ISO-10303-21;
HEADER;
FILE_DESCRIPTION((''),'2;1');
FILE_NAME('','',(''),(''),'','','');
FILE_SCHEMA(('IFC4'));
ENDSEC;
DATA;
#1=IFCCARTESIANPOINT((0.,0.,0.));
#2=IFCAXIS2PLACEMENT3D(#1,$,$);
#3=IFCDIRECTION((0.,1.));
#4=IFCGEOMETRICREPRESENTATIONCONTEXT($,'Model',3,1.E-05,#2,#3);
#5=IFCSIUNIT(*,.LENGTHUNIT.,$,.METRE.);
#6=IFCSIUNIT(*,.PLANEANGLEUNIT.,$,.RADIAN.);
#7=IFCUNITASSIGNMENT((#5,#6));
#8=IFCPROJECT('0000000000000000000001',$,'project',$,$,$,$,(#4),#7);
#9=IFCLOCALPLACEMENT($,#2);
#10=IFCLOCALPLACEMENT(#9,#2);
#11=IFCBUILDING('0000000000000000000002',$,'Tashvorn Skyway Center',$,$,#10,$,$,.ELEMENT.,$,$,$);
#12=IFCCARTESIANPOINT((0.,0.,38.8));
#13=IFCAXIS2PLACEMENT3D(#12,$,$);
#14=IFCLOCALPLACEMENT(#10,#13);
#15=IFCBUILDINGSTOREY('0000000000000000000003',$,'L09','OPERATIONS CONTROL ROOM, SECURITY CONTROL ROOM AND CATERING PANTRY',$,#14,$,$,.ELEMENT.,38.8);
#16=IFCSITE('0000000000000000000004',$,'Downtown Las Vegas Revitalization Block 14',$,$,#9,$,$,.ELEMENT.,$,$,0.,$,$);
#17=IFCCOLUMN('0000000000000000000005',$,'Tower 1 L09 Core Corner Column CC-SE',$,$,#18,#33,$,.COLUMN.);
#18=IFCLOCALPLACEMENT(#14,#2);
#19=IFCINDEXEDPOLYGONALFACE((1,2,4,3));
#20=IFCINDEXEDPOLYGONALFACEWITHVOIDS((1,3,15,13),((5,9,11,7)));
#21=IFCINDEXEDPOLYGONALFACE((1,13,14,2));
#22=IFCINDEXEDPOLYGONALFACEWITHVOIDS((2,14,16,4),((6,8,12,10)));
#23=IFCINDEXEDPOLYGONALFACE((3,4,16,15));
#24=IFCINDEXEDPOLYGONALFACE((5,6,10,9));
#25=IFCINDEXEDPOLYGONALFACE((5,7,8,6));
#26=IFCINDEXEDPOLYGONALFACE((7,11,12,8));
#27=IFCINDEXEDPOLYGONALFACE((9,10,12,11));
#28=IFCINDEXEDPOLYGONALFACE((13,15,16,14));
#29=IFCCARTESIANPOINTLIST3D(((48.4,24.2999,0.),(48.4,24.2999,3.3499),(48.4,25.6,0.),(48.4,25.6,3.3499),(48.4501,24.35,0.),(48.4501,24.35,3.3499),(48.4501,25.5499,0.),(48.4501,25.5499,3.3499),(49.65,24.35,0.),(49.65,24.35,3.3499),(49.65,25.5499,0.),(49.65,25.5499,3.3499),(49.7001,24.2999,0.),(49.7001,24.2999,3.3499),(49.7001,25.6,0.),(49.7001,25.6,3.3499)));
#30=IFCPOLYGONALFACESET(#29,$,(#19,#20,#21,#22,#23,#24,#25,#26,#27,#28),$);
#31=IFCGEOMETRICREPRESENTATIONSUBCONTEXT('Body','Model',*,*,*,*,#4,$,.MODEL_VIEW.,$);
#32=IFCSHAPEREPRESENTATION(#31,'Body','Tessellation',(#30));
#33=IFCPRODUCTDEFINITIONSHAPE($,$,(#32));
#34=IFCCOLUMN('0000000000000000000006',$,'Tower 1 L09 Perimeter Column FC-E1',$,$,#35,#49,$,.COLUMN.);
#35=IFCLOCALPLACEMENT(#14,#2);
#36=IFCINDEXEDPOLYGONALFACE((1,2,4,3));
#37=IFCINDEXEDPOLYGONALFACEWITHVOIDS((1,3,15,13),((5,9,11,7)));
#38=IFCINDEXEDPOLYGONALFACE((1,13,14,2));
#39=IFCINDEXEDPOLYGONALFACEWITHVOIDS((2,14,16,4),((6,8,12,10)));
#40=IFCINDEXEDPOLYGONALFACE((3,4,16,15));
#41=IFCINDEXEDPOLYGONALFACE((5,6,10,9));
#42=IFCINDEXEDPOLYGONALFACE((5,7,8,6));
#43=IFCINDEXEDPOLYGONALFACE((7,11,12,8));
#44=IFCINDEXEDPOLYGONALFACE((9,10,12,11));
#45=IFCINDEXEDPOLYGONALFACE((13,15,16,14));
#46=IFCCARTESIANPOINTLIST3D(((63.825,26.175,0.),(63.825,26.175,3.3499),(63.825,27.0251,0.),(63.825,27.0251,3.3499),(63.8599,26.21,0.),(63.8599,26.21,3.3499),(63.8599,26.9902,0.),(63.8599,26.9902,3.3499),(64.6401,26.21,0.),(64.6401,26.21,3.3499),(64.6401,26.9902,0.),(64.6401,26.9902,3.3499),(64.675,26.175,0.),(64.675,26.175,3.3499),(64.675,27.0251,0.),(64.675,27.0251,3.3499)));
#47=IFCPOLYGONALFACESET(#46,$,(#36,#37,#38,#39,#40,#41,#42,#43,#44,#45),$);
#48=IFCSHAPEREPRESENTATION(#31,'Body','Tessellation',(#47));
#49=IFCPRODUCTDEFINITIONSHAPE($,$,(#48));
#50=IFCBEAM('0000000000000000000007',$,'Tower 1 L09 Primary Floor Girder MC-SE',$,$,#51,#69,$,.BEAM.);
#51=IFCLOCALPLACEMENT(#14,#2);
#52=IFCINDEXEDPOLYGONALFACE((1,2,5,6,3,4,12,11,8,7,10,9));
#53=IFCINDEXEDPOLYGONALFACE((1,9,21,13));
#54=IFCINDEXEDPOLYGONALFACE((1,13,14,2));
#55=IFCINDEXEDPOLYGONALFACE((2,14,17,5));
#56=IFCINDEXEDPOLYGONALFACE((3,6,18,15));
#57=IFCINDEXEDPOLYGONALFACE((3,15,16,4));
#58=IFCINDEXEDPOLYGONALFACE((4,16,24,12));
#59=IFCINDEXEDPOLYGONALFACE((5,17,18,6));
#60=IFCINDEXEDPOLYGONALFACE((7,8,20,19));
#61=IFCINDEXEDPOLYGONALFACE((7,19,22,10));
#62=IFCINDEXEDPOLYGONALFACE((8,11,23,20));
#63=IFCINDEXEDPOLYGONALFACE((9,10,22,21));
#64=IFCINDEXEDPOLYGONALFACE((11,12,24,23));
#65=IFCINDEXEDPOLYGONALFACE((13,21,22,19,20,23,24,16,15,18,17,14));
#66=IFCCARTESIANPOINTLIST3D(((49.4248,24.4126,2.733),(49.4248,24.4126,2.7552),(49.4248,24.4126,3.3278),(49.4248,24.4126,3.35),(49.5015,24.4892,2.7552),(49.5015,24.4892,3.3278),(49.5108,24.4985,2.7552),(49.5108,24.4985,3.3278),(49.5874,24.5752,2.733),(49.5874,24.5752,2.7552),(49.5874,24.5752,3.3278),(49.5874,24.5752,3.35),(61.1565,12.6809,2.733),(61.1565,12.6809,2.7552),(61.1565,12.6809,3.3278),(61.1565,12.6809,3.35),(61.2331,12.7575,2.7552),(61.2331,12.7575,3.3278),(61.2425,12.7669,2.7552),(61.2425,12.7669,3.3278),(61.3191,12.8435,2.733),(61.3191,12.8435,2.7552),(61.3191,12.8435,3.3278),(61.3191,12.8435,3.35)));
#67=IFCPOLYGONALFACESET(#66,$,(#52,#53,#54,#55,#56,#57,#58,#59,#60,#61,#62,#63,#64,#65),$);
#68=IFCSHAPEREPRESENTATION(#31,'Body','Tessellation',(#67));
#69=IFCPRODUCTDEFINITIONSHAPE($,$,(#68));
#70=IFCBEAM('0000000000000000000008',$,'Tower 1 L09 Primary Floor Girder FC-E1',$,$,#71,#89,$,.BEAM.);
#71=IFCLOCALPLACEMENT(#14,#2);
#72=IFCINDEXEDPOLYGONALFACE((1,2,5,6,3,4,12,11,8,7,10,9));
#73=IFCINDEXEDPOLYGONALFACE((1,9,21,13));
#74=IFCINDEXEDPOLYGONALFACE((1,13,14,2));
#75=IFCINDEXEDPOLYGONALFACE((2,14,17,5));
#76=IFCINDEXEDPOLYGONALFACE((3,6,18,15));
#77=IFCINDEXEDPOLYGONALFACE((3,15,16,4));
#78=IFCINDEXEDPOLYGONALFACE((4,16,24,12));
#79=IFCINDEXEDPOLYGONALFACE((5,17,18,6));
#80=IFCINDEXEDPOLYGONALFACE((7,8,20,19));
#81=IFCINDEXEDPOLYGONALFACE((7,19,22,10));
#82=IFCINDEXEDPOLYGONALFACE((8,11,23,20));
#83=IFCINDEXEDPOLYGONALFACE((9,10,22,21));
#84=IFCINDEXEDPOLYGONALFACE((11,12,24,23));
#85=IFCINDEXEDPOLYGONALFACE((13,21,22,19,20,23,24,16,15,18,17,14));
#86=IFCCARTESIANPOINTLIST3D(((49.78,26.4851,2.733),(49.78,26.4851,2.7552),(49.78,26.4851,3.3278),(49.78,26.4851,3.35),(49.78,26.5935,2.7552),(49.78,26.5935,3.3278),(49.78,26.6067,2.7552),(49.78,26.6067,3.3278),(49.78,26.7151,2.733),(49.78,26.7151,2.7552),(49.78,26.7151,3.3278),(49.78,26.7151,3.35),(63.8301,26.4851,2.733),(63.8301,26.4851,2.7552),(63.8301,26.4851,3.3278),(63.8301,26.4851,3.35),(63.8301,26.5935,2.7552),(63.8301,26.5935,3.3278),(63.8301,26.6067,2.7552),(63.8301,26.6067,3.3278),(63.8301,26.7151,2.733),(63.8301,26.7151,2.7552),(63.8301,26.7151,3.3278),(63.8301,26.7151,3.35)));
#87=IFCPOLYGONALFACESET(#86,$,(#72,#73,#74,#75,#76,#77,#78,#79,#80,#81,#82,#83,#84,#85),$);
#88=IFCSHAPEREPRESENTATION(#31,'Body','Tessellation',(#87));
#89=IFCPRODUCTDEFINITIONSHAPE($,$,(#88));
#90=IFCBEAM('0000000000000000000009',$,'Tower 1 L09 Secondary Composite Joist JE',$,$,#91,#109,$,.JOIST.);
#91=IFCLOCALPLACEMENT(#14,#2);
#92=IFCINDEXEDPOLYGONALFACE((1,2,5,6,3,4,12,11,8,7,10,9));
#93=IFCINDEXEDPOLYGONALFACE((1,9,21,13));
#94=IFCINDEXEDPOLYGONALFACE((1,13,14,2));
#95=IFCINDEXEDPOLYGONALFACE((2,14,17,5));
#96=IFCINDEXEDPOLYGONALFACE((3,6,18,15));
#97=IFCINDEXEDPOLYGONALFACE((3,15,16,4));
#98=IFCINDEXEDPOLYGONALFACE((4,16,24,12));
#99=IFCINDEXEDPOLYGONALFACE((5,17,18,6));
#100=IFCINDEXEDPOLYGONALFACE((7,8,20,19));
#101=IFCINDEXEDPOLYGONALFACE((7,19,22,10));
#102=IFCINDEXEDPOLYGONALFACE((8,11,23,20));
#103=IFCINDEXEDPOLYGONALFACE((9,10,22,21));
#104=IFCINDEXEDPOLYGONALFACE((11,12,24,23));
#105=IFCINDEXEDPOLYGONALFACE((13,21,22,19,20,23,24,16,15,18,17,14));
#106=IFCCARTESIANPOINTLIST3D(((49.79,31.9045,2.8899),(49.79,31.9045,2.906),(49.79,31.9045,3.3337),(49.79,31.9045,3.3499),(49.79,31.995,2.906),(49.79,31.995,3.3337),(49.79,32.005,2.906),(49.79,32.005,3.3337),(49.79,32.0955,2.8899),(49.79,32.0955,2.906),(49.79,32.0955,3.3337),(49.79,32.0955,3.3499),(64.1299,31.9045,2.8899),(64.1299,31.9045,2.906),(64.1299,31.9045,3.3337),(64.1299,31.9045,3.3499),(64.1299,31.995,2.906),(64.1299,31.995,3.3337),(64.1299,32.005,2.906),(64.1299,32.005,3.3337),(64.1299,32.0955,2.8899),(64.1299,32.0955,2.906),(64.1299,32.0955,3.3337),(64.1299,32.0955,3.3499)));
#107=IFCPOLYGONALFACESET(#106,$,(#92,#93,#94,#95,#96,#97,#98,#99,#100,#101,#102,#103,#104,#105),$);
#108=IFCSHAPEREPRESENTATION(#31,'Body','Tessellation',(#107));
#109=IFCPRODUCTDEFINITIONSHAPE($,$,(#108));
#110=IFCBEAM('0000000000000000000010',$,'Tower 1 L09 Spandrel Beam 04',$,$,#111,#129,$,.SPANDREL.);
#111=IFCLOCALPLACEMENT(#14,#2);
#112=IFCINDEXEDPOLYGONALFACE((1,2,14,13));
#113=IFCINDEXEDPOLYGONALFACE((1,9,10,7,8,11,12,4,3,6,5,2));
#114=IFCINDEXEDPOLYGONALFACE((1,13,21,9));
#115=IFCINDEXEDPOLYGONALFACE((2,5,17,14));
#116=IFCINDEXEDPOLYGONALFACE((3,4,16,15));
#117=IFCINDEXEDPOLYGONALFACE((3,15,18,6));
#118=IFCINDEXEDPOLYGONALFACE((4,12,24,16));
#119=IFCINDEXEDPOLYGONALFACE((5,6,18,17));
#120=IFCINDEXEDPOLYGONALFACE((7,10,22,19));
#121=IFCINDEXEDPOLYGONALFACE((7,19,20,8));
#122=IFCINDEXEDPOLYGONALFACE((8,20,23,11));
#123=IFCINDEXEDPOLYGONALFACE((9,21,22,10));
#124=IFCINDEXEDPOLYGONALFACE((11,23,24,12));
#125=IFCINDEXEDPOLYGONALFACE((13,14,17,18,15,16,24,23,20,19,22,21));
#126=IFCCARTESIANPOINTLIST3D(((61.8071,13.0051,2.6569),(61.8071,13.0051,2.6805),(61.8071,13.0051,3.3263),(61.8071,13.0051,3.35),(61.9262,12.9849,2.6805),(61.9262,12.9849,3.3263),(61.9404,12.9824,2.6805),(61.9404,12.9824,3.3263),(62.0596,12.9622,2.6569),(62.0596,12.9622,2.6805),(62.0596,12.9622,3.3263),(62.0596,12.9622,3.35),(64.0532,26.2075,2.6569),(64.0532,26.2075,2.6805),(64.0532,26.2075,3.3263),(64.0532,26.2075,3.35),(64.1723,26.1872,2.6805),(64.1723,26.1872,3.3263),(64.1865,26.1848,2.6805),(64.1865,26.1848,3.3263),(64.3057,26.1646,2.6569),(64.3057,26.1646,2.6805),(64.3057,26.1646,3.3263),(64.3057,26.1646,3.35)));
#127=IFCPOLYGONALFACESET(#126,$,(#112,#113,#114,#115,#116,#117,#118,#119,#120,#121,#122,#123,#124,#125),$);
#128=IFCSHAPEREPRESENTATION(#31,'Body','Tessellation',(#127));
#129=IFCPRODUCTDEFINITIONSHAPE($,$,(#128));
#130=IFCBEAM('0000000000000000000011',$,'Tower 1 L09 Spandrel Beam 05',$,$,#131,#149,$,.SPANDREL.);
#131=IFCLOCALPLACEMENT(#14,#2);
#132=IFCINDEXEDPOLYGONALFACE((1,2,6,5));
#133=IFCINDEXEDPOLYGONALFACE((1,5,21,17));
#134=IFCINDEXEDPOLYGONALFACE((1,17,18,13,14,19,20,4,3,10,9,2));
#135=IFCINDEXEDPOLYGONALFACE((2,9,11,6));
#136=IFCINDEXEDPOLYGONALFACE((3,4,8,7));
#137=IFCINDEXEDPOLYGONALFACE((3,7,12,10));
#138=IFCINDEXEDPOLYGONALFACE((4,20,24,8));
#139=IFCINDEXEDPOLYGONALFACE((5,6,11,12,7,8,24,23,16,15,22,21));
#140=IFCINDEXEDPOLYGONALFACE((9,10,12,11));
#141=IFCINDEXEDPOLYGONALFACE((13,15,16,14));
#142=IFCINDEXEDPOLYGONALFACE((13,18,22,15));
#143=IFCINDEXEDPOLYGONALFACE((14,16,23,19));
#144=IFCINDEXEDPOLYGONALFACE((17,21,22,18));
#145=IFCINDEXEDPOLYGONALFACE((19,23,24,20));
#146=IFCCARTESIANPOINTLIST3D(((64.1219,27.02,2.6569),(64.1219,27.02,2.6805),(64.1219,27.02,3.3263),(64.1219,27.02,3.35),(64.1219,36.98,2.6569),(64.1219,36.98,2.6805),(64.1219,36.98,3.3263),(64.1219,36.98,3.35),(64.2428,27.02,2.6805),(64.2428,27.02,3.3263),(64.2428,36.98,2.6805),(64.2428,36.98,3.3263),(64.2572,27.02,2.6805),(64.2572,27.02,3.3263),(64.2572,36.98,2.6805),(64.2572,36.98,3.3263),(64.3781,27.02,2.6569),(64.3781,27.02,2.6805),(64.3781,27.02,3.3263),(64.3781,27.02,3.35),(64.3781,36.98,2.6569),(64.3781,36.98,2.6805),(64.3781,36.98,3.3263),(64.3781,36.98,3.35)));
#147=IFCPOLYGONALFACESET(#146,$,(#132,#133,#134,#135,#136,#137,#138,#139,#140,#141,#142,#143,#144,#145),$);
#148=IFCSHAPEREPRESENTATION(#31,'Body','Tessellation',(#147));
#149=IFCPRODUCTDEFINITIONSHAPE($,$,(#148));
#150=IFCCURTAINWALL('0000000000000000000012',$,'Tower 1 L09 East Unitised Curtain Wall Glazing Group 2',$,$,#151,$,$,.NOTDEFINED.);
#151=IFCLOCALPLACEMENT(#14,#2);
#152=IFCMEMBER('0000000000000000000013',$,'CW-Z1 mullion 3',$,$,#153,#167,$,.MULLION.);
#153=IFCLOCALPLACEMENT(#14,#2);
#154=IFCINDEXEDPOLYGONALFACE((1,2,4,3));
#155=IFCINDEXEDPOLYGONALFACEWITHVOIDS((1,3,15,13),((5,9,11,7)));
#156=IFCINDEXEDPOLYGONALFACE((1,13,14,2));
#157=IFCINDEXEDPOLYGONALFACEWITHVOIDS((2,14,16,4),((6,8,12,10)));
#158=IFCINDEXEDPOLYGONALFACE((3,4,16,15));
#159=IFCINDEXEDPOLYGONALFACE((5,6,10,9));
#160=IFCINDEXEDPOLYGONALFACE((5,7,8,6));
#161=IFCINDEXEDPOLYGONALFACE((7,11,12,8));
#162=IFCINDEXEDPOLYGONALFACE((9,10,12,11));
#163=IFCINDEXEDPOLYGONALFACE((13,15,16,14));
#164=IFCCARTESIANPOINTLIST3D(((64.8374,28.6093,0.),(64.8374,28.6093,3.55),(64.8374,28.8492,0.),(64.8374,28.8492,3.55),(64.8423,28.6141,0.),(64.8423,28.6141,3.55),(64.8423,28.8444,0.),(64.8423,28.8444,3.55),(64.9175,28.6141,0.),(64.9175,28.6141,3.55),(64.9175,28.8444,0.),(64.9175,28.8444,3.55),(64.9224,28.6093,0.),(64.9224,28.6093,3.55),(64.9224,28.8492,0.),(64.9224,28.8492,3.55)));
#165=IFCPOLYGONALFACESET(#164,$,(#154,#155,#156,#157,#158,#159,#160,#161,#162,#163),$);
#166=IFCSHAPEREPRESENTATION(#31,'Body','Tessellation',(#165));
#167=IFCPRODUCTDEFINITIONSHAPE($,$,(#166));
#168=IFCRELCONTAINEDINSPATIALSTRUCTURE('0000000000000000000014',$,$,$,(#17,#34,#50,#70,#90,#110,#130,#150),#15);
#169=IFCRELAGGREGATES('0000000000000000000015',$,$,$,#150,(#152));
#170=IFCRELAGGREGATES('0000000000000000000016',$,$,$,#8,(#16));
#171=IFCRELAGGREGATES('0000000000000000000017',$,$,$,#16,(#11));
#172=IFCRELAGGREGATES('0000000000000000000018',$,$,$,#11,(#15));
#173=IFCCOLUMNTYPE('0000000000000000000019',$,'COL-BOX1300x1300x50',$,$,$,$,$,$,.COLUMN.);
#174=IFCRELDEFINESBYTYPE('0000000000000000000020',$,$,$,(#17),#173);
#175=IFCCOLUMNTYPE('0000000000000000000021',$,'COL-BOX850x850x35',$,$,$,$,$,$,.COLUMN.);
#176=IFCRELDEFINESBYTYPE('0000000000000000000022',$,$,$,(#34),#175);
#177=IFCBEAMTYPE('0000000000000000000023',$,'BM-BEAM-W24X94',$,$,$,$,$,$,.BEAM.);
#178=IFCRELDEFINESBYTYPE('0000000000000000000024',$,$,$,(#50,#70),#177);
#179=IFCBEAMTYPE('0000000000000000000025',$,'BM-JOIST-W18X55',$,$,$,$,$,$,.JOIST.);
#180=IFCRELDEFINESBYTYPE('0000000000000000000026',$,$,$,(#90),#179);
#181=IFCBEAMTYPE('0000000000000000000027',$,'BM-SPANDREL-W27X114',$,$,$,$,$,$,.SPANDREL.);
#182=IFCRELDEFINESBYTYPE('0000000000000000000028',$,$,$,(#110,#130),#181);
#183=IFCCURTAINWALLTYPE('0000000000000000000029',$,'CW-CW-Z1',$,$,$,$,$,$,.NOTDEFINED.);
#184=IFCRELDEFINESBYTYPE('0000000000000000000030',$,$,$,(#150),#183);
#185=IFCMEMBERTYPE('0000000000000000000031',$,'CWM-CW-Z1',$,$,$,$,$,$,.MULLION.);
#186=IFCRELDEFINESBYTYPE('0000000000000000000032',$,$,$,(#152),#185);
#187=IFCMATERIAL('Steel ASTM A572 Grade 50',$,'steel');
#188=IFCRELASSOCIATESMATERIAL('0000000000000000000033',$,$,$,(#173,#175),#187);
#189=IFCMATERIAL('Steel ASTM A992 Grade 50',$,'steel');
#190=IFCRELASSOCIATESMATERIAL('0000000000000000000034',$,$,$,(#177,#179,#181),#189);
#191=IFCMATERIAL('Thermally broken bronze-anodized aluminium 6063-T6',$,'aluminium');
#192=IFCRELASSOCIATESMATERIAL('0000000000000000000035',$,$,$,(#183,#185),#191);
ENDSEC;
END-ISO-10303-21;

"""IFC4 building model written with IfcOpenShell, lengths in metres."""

from ifc_helpers import new_model, si_unit, direction, frame, origin, origin_2d, place, context, subcontext, project, spatial, hollow_rectangle, i_section, extrude, material, material_profile, profile_set, type_object, element, aggregate, save


model = new_model("IFC4")

# Units and contexts
model_context = context("Model", 3, precision=1e-05, world=origin(), true_north=direction((0.0, 1.0)))
body_context = subcontext(model_context, "Body", "Model", "MODEL_VIEW")
ifc_project = project(units=[si_unit("LENGTHUNIT", "METRE"), si_unit("PLANEANGLEUNIT", "RADIAN")], contexts=[model_context])

# Site, building, storey
site_placement = place(None, origin())
site = spatial("IfcSite", under=ifc_project, at=site_placement, Name="Downtown Las Vegas Revitalization Block 14", CompositionType="ELEMENT", RefElevation=0.0)
building_placement = place(site_placement, origin())
building = spatial("IfcBuilding", under=site, at=building_placement, Name="Tashvorn Skyway Center", CompositionType="ELEMENT")
storey_placement = place(building_placement, frame((0.0, 0.0, 38.8)))
storey = spatial("IfcBuildingStorey", under=building, at=storey_placement, Name="L09", Description="OPERATIONS CONTROL ROOM, SECURITY CONTROL ROOM AND CATERING PANTRY", CompositionType="ELEMENT", Elevation=38.8)

# Columns
ifc_material_1 = material(Name="Steel ASTM A572 Grade 50", Category="steel")
ifc_material_profile_1 = material_profile(ifc_material_1, hollow_rectangle(XDim=1.3, YDim=1.3, WallThickness=0.05, at=origin_2d()), Name="BOX1300x1300x50")
ifc_profile_set_1 = profile_set([ifc_material_profile_1], Name="Steel ASTM A572 Grade 50")
column_type_1 = type_object("IfcColumnType", Name="COL-BOX1300x1300x50", PredefinedType="COLUMN", material=ifc_profile_set_1)
column_1_placement = place(storey_placement, frame((49.05, 24.95, 0.0), z_axis=(0.0, 0.0, 1.0), x_axis=(1.0, 0.0, 0.0)))
element("IfcColumn", 1, at=column_1_placement, inside=storey, type_object=column_type_1, Name="Tower 1 L09 Core Corner Column CC-SE", PredefinedType="COLUMN", context=body_context, shape_type="SweptSolid", body=[
    extrude(hollow_rectangle(XDim=1.3, YDim=1.3, WallThickness=0.05, at=origin_2d()), origin(), (0.0, 0.0, 1.0), 3.3499),
])
ifc_material_profile_2 = material_profile(ifc_material_1, hollow_rectangle(XDim=0.8501, YDim=0.8501, WallThickness=0.0349, at=origin_2d()), Name="BOX850x850x35")
ifc_profile_set_2 = profile_set([ifc_material_profile_2], Name="Steel ASTM A572 Grade 50")
column_type_2 = type_object("IfcColumnType", Name="COL-BOX850x850x35", PredefinedType="COLUMN", material=ifc_profile_set_2)
column_2_placement = place(storey_placement, frame((64.25, 26.6001, 0.0), z_axis=(0.0, 0.0, 1.0), x_axis=(1.0, 0.0, 0.0)))
element("IfcColumn", 2, at=column_2_placement, inside=storey, type_object=column_type_2, Name="Tower 1 L09 Perimeter Column FC-E1", PredefinedType="COLUMN", context=body_context, shape_type="SweptSolid", body=[
    extrude(hollow_rectangle(XDim=0.8501, YDim=0.8501, WallThickness=0.0349, at=origin_2d()), origin(), (0.0, 0.0, 1.0), 3.3499),
])

# Beams
ifc_material_2 = material(Name="Steel ASTM A992 Grade 50", Category="steel")
ifc_material_profile_3 = material_profile(ifc_material_2, i_section(OverallWidth=0.23, OverallDepth=0.6169, WebThickness=0.0132, FlangeThickness=0.0222, at=origin_2d()), Name="W24X94")
ifc_profile_set_3 = profile_set([ifc_material_profile_3], Name="Steel ASTM A992 Grade 50")
beam_type_1 = type_object("IfcBeamType", Name="BM-BEAM-W24X94", PredefinedType="BEAM", material=ifc_profile_set_3)
beam_1_placement = place(storey_placement, frame((61.2378, 12.7622, 3.0415), z_axis=(-0.707107, 0.707107, 0.0), x_axis=(-0.707107, -0.707107, 0.0)))
element("IfcBeam", 3, at=beam_1_placement, inside=storey, type_object=beam_type_1, Name="Tower 1 L09 Primary Floor Girder MC-SE", PredefinedType="BEAM", context=body_context, shape_type="SweptSolid", body=[
    extrude(i_section(OverallWidth=0.23, OverallDepth=0.6169, WebThickness=0.0132, FlangeThickness=0.0222, at=origin_2d()), origin(), (0.0, 0.0, 1.0), 16.5911),
])
beam_2_placement = place(storey_placement, frame((63.8301, 26.6001, 3.0415), z_axis=(-1.0, 0.0, 0.0), x_axis=(0.0, -1.0, 0.0)))
element("IfcBeam", 4, at=beam_2_placement, inside=storey, type_object=beam_type_1, Name="Tower 1 L09 Primary Floor Girder FC-E1", PredefinedType="BEAM", context=body_context, shape_type="SweptSolid", body=[
    extrude(i_section(OverallWidth=0.23, OverallDepth=0.6169, WebThickness=0.0132, FlangeThickness=0.0222, at=origin_2d()), origin(), (0.0, 0.0, 1.0), 14.05),
])
ifc_material_profile_4 = material_profile(ifc_material_2, i_section(OverallWidth=0.1909, OverallDepth=0.46, WebThickness=0.01, FlangeThickness=0.0161, at=origin_2d()), Name="W18X55")
ifc_profile_set_4 = profile_set([ifc_material_profile_4], Name="Steel ASTM A992 Grade 50")
beam_type_2 = type_object("IfcBeamType", Name="BM-JOIST-W18X55", PredefinedType="JOIST", material=ifc_profile_set_4)
beam_3_placement = place(storey_placement, frame((49.79, 32.0, 3.1199), z_axis=(1.0, 0.0, 0.0), x_axis=(0.0, 1.0, 0.0)))
element("IfcBeam", 5, at=beam_3_placement, inside=storey, type_object=beam_type_2, Name="Tower 1 L09 Secondary Composite Joist JE", PredefinedType="JOIST", context=body_context, shape_type="SweptSolid", body=[
    extrude(i_section(OverallWidth=0.1909, OverallDepth=0.46, WebThickness=0.01, FlangeThickness=0.0161, at=origin_2d()), origin(), (0.0, 0.0, 1.0), 14.3398),
])
ifc_material_profile_5 = material_profile(ifc_material_2, i_section(OverallWidth=0.2561, OverallDepth=0.6931, WebThickness=0.0144, FlangeThickness=0.0237, at=origin_2d()), Name="W27X114")
ifc_profile_set_5 = profile_set([ifc_material_profile_5], Name="Steel ASTM A992 Grade 50")
beam_type_3 = type_object("IfcBeamType", Name="BM-SPANDREL-W27X114", PredefinedType="SPANDREL", material=ifc_profile_set_5)
beam_4_placement = place(storey_placement, frame((61.9333, 12.9836, 3.0034), z_axis=(0.167718, 0.985835, 0.0), x_axis=(-0.985835, 0.167718, 0.0)))
element("IfcBeam", 6, at=beam_4_placement, inside=storey, type_object=beam_type_3, Name="Tower 1 L09 Spandrel Beam 04", PredefinedType="SPANDREL", context=body_context, shape_type="SweptSolid", body=[
    extrude(i_section(OverallWidth=0.2561, OverallDepth=0.6931, WebThickness=0.0144, FlangeThickness=0.0237, at=origin_2d()), origin(), (0.0, 0.0, 1.0), 13.3921),
])
beam_5_placement = place(storey_placement, frame((64.25, 27.02, 3.0034), z_axis=(0.0, 1.0, 0.0), x_axis=(-1.0, 0.0, 0.0)))
element("IfcBeam", 7, at=beam_5_placement, inside=storey, type_object=beam_type_3, Name="Tower 1 L09 Spandrel Beam 05", PredefinedType="SPANDREL", context=body_context, shape_type="SweptSolid", body=[
    extrude(i_section(OverallWidth=0.2561, OverallDepth=0.6931, WebThickness=0.0144, FlangeThickness=0.0237, at=origin_2d()), origin(), (0.0, 0.0, 1.0), 9.96),
])

# Curtain wall, member
ifc_material_3 = material(Name="Thermally broken bronze-anodized aluminium 6063-T6", Category="aluminium")
curtain_wall_type = type_object("IfcCurtainWallType", Name="CW-CW-Z1", PredefinedType="NOTDEFINED", material=ifc_material_3)
curtain_wall_placement = place(storey_placement, origin())
curtain_wall = element("IfcCurtainWall", 8, at=curtain_wall_placement, inside=storey, type_object=curtain_wall_type, Name="Tower 1 L09 East Unitised Curtain Wall Glazing Group 2", PredefinedType="NOTDEFINED")
ifc_material_profile_6 = material_profile(ifc_material_3, hollow_rectangle(XDim=0.085, YDim=0.24, WallThickness=0.0049, at=origin_2d()), Name="ALU-MULL-85x240")
ifc_profile_set_6 = profile_set([ifc_material_profile_6], Name="Thermally broken bronze-anodized aluminium 6063-T6")
member_type_1 = type_object("IfcMemberType", Name="CWM-CW-Z1", PredefinedType="MULLION", material=ifc_profile_set_6)
member_1_placement = place(storey_placement, frame((64.8799, 28.7292, 0.0), z_axis=(0.0, 0.0, 1.0), x_axis=(1.0, 0.0, 0.0)))
member_1 = element("IfcMember", 9, at=member_1_placement, type_object=member_type_1, Name="CW-Z1 mullion 3", PredefinedType="MULLION", context=body_context, shape_type="SweptSolid", body=[
    extrude(hollow_rectangle(XDim=0.085, YDim=0.24, WallThickness=0.0049, at=origin_2d()), origin(), (0.0, 0.0, 1.0), 3.55),
])
aggregate(curtain_wall, [member_1])

save(model, "model.ifc")
